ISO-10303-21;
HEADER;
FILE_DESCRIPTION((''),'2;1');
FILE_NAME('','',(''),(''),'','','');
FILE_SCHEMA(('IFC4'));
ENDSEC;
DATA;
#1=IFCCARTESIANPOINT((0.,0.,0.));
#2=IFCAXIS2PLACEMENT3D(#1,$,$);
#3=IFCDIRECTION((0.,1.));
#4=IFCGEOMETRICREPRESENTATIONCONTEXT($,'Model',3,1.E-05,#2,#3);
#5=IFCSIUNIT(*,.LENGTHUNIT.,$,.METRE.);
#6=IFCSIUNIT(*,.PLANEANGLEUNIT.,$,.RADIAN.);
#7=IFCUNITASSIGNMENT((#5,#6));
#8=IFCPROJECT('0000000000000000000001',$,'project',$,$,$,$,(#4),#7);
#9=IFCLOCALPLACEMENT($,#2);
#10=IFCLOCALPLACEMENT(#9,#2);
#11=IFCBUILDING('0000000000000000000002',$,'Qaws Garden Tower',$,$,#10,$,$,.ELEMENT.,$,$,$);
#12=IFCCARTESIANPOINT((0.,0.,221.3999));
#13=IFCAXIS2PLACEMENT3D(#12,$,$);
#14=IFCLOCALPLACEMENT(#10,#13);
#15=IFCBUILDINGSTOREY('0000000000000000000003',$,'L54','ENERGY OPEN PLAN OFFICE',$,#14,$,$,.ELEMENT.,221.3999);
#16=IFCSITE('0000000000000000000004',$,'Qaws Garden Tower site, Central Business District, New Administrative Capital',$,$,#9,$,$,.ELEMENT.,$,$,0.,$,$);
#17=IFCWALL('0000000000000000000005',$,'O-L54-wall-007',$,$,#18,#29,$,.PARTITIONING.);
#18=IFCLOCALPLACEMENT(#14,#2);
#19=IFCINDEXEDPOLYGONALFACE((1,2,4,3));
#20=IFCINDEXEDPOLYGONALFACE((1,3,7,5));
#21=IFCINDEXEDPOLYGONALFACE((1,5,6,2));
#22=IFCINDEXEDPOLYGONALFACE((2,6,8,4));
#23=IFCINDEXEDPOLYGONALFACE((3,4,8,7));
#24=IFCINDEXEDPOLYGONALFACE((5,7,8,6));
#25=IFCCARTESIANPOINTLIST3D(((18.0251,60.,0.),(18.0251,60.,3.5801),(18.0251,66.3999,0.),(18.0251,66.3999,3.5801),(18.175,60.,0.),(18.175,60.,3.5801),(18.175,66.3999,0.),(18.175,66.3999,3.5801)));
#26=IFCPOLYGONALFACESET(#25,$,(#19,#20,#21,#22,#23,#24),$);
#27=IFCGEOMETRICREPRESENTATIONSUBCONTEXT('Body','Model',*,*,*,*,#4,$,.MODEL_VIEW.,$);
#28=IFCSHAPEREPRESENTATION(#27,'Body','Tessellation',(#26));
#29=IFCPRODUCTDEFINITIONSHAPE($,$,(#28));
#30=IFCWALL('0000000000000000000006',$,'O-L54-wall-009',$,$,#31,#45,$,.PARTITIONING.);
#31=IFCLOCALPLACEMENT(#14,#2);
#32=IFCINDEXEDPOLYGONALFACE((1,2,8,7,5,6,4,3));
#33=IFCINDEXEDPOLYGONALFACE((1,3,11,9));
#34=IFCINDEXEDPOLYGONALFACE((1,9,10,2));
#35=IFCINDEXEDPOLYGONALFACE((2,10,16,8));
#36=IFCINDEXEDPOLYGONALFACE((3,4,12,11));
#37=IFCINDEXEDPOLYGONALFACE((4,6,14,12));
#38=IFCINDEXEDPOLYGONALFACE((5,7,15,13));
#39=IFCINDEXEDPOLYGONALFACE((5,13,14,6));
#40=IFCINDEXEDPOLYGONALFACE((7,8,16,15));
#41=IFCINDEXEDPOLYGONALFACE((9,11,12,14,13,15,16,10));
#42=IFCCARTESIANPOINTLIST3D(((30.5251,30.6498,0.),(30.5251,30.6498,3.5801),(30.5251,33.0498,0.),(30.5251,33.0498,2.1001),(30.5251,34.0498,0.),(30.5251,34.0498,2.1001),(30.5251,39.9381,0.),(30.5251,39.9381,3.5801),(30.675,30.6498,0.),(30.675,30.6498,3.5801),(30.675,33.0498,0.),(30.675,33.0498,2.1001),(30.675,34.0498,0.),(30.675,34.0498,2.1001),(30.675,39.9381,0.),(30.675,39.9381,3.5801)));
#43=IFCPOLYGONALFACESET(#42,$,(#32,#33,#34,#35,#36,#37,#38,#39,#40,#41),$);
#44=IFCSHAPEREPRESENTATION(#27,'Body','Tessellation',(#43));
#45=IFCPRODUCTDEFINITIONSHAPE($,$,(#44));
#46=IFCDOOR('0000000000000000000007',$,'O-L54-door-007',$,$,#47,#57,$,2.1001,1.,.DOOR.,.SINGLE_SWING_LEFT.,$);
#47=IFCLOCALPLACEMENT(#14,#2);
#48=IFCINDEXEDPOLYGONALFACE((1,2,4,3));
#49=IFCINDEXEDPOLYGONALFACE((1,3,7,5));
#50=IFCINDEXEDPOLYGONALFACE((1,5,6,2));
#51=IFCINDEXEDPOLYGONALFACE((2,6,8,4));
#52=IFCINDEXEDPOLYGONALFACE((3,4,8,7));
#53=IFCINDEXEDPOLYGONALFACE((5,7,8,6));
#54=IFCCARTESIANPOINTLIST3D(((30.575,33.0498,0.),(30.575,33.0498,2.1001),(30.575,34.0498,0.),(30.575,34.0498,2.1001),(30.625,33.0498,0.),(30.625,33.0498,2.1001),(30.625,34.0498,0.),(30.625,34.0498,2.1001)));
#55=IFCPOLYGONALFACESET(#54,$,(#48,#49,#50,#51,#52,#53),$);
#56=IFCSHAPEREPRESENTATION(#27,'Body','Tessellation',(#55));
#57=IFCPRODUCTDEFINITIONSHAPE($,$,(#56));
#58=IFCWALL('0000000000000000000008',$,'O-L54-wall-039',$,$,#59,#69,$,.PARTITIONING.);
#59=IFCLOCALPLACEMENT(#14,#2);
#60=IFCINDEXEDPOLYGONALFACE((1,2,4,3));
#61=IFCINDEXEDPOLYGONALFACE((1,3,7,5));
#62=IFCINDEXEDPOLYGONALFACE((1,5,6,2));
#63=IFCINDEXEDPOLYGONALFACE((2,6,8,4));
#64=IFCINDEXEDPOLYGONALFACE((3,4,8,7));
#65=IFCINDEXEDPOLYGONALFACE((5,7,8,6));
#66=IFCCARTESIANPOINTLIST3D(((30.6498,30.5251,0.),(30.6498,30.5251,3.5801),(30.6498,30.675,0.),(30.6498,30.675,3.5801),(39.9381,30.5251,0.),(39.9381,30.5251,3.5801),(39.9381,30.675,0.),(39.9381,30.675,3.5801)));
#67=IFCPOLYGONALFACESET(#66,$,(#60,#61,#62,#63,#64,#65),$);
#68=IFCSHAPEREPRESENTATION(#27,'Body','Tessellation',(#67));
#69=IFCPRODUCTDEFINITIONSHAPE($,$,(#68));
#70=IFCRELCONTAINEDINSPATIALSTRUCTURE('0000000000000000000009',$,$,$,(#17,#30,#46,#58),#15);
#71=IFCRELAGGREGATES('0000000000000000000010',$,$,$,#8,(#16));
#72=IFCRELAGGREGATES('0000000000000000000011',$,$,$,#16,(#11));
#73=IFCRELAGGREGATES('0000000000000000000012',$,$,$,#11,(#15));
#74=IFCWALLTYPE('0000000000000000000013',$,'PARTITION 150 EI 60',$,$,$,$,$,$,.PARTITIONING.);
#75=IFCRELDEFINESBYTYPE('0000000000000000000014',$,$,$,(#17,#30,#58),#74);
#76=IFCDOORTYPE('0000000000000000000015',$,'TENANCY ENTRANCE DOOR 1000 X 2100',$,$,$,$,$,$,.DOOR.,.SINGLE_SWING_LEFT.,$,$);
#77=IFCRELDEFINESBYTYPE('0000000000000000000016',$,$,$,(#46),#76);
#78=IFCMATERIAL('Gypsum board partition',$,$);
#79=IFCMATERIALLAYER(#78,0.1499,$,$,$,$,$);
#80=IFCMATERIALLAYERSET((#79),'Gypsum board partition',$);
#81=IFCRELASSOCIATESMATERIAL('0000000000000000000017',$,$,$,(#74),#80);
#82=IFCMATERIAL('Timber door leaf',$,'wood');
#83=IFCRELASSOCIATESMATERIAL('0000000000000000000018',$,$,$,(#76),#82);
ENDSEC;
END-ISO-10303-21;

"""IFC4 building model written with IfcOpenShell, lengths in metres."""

from ifc_helpers import new_model, si_unit, direction, frame, frame_2d, origin, place, context, subcontext, project, spatial, rectangle, extrude, material, layer, layer_set, type_object, element, fill, save


model = new_model("IFC4")

# Units and contexts
model_context = context("Model", 3, precision=1e-05, world=origin(), true_north=direction((0.0, 1.0)))
body_context = subcontext(model_context, "Body", "Model", "MODEL_VIEW")
ifc_project = project(units=[si_unit("LENGTHUNIT", "METRE"), si_unit("PLANEANGLEUNIT", "RADIAN")], contexts=[model_context])

# Site, building, storey
site_placement = place(None, origin())
site = spatial("IfcSite", under=ifc_project, at=site_placement, Name="Qaws Garden Tower site, Central Business District, New Administrative Capital", CompositionType="ELEMENT", RefElevation=0.0)
building_placement = place(site_placement, origin())
building = spatial("IfcBuilding", under=site, at=building_placement, Name="Qaws Garden Tower", CompositionType="ELEMENT")
storey_placement = place(building_placement, frame((0.0, 0.0, 221.3999)))
storey = spatial("IfcBuildingStorey", under=building, at=storey_placement, Name="L54", Description="ENERGY OPEN PLAN OFFICE", CompositionType="ELEMENT", Elevation=221.3999)

# Wall
ifc_material_1 = material(Name="Gypsum board partition")
ifc_layer_1 = layer(ifc_material_1, 0.1499)
ifc_layer_set_1 = layer_set([ifc_layer_1], Name="Gypsum board partition")
wall_type_1 = type_object("IfcWallType", Name="PARTITION 150 EI 60", PredefinedType="PARTITIONING", material=ifc_layer_set_1)
wall_1_placement = place(storey_placement, frame((18.1001, 60.0, 0.0), z_axis=(0.0, 0.0, 1.0), x_axis=(0.0, 1.0, 0.0)))
element("IfcWall", 1, at=wall_1_placement, inside=storey, type_object=wall_type_1, Name="O-L54-wall-007", PredefinedType="PARTITIONING", context=body_context, shape_type="SweptSolid", body=[
    extrude(rectangle(XDim=6.3999, YDim=0.1499, at=frame_2d((3.2, 0.0))), origin(), (0.0, 0.0, 1.0), 3.5801),
])

# Wall, opening, door
wall_2_placement = place(storey_placement, frame((30.6001, 30.6499, 0.0), z_axis=(0.0, 0.0, 1.0), x_axis=(0.0, 1.0, 0.0)))
wall_2 = element("IfcWall", 2, at=wall_2_placement, inside=storey, type_object=wall_type_1, Name="O-L54-wall-009", PredefinedType="PARTITIONING", context=body_context, shape_type="SweptSolid", body=[
    extrude(rectangle(XDim=9.2883, YDim=0.1499, at=frame_2d((4.644, 0.0))), origin(), (0.0, 0.0, 1.0), 3.5801),
])
opening_1_placement = place(wall_2_placement, frame((2.3999, 0.0, 0.0)))
opening_1 = element("IfcOpeningElement", 3, at=opening_1_placement, cuts=wall_2, PredefinedType="OPENING", context=body_context, shape_type="SweptSolid", body=[
    extrude(rectangle(XDim=1.0, YDim=2.1001, at=frame_2d((0.5, 1.05))), frame((0.0, 0.085, 0.0), z_axis=(0.0, -1.0, 0.0), x_axis=(1.0, 0.0, 0.0)), (0.0, 0.0, 1.0), 0.1699),
])
ifc_material_2 = material(Name="Timber door leaf", Category="wood")
door_type = type_object("IfcDoorType", Name="TENANCY ENTRANCE DOOR 1000 X 2100", OperationType="SINGLE_SWING_LEFT", PredefinedType="DOOR", material=ifc_material_2)
door_placement = place(opening_1_placement, frame((1.0, 0.0, 0.0), z_axis=(0.0, 0.0, 1.0), x_axis=(-1.0, 0.0, 0.0)))
door = element("IfcDoor", 4, at=door_placement, inside=storey, type_object=door_type, Name="O-L54-door-007", OperationType="SINGLE_SWING_LEFT", OverallHeight=2.1001, OverallWidth=1.0, PredefinedType="DOOR", context=body_context, shape_type="SweptSolid", body=[
    extrude(rectangle(XDim=1.0, YDim=2.1001, at=frame_2d((0.5, 1.05))), frame((0.0, 0.0249, 0.0), z_axis=(0.0, -1.0, 0.0), x_axis=(1.0, 0.0, 0.0)), (0.0, 0.0, 1.0), 0.05),
])
fill(opening_1, door)

# Wall
wall_3_placement = place(storey_placement, frame((30.6499, 30.6001, 0.0), z_axis=(0.0, 0.0, 1.0), x_axis=(1.0, 0.0, 0.0)))
element("IfcWall", 5, at=wall_3_placement, inside=storey, type_object=wall_type_1, Name="O-L54-wall-039", PredefinedType="PARTITIONING", context=body_context, shape_type="SweptSolid", body=[
    extrude(rectangle(XDim=9.2883, YDim=0.1499, at=frame_2d((4.644, 0.0))), origin(), (0.0, 0.0, 1.0), 3.5801),
])

save(model, "model.ifc")
